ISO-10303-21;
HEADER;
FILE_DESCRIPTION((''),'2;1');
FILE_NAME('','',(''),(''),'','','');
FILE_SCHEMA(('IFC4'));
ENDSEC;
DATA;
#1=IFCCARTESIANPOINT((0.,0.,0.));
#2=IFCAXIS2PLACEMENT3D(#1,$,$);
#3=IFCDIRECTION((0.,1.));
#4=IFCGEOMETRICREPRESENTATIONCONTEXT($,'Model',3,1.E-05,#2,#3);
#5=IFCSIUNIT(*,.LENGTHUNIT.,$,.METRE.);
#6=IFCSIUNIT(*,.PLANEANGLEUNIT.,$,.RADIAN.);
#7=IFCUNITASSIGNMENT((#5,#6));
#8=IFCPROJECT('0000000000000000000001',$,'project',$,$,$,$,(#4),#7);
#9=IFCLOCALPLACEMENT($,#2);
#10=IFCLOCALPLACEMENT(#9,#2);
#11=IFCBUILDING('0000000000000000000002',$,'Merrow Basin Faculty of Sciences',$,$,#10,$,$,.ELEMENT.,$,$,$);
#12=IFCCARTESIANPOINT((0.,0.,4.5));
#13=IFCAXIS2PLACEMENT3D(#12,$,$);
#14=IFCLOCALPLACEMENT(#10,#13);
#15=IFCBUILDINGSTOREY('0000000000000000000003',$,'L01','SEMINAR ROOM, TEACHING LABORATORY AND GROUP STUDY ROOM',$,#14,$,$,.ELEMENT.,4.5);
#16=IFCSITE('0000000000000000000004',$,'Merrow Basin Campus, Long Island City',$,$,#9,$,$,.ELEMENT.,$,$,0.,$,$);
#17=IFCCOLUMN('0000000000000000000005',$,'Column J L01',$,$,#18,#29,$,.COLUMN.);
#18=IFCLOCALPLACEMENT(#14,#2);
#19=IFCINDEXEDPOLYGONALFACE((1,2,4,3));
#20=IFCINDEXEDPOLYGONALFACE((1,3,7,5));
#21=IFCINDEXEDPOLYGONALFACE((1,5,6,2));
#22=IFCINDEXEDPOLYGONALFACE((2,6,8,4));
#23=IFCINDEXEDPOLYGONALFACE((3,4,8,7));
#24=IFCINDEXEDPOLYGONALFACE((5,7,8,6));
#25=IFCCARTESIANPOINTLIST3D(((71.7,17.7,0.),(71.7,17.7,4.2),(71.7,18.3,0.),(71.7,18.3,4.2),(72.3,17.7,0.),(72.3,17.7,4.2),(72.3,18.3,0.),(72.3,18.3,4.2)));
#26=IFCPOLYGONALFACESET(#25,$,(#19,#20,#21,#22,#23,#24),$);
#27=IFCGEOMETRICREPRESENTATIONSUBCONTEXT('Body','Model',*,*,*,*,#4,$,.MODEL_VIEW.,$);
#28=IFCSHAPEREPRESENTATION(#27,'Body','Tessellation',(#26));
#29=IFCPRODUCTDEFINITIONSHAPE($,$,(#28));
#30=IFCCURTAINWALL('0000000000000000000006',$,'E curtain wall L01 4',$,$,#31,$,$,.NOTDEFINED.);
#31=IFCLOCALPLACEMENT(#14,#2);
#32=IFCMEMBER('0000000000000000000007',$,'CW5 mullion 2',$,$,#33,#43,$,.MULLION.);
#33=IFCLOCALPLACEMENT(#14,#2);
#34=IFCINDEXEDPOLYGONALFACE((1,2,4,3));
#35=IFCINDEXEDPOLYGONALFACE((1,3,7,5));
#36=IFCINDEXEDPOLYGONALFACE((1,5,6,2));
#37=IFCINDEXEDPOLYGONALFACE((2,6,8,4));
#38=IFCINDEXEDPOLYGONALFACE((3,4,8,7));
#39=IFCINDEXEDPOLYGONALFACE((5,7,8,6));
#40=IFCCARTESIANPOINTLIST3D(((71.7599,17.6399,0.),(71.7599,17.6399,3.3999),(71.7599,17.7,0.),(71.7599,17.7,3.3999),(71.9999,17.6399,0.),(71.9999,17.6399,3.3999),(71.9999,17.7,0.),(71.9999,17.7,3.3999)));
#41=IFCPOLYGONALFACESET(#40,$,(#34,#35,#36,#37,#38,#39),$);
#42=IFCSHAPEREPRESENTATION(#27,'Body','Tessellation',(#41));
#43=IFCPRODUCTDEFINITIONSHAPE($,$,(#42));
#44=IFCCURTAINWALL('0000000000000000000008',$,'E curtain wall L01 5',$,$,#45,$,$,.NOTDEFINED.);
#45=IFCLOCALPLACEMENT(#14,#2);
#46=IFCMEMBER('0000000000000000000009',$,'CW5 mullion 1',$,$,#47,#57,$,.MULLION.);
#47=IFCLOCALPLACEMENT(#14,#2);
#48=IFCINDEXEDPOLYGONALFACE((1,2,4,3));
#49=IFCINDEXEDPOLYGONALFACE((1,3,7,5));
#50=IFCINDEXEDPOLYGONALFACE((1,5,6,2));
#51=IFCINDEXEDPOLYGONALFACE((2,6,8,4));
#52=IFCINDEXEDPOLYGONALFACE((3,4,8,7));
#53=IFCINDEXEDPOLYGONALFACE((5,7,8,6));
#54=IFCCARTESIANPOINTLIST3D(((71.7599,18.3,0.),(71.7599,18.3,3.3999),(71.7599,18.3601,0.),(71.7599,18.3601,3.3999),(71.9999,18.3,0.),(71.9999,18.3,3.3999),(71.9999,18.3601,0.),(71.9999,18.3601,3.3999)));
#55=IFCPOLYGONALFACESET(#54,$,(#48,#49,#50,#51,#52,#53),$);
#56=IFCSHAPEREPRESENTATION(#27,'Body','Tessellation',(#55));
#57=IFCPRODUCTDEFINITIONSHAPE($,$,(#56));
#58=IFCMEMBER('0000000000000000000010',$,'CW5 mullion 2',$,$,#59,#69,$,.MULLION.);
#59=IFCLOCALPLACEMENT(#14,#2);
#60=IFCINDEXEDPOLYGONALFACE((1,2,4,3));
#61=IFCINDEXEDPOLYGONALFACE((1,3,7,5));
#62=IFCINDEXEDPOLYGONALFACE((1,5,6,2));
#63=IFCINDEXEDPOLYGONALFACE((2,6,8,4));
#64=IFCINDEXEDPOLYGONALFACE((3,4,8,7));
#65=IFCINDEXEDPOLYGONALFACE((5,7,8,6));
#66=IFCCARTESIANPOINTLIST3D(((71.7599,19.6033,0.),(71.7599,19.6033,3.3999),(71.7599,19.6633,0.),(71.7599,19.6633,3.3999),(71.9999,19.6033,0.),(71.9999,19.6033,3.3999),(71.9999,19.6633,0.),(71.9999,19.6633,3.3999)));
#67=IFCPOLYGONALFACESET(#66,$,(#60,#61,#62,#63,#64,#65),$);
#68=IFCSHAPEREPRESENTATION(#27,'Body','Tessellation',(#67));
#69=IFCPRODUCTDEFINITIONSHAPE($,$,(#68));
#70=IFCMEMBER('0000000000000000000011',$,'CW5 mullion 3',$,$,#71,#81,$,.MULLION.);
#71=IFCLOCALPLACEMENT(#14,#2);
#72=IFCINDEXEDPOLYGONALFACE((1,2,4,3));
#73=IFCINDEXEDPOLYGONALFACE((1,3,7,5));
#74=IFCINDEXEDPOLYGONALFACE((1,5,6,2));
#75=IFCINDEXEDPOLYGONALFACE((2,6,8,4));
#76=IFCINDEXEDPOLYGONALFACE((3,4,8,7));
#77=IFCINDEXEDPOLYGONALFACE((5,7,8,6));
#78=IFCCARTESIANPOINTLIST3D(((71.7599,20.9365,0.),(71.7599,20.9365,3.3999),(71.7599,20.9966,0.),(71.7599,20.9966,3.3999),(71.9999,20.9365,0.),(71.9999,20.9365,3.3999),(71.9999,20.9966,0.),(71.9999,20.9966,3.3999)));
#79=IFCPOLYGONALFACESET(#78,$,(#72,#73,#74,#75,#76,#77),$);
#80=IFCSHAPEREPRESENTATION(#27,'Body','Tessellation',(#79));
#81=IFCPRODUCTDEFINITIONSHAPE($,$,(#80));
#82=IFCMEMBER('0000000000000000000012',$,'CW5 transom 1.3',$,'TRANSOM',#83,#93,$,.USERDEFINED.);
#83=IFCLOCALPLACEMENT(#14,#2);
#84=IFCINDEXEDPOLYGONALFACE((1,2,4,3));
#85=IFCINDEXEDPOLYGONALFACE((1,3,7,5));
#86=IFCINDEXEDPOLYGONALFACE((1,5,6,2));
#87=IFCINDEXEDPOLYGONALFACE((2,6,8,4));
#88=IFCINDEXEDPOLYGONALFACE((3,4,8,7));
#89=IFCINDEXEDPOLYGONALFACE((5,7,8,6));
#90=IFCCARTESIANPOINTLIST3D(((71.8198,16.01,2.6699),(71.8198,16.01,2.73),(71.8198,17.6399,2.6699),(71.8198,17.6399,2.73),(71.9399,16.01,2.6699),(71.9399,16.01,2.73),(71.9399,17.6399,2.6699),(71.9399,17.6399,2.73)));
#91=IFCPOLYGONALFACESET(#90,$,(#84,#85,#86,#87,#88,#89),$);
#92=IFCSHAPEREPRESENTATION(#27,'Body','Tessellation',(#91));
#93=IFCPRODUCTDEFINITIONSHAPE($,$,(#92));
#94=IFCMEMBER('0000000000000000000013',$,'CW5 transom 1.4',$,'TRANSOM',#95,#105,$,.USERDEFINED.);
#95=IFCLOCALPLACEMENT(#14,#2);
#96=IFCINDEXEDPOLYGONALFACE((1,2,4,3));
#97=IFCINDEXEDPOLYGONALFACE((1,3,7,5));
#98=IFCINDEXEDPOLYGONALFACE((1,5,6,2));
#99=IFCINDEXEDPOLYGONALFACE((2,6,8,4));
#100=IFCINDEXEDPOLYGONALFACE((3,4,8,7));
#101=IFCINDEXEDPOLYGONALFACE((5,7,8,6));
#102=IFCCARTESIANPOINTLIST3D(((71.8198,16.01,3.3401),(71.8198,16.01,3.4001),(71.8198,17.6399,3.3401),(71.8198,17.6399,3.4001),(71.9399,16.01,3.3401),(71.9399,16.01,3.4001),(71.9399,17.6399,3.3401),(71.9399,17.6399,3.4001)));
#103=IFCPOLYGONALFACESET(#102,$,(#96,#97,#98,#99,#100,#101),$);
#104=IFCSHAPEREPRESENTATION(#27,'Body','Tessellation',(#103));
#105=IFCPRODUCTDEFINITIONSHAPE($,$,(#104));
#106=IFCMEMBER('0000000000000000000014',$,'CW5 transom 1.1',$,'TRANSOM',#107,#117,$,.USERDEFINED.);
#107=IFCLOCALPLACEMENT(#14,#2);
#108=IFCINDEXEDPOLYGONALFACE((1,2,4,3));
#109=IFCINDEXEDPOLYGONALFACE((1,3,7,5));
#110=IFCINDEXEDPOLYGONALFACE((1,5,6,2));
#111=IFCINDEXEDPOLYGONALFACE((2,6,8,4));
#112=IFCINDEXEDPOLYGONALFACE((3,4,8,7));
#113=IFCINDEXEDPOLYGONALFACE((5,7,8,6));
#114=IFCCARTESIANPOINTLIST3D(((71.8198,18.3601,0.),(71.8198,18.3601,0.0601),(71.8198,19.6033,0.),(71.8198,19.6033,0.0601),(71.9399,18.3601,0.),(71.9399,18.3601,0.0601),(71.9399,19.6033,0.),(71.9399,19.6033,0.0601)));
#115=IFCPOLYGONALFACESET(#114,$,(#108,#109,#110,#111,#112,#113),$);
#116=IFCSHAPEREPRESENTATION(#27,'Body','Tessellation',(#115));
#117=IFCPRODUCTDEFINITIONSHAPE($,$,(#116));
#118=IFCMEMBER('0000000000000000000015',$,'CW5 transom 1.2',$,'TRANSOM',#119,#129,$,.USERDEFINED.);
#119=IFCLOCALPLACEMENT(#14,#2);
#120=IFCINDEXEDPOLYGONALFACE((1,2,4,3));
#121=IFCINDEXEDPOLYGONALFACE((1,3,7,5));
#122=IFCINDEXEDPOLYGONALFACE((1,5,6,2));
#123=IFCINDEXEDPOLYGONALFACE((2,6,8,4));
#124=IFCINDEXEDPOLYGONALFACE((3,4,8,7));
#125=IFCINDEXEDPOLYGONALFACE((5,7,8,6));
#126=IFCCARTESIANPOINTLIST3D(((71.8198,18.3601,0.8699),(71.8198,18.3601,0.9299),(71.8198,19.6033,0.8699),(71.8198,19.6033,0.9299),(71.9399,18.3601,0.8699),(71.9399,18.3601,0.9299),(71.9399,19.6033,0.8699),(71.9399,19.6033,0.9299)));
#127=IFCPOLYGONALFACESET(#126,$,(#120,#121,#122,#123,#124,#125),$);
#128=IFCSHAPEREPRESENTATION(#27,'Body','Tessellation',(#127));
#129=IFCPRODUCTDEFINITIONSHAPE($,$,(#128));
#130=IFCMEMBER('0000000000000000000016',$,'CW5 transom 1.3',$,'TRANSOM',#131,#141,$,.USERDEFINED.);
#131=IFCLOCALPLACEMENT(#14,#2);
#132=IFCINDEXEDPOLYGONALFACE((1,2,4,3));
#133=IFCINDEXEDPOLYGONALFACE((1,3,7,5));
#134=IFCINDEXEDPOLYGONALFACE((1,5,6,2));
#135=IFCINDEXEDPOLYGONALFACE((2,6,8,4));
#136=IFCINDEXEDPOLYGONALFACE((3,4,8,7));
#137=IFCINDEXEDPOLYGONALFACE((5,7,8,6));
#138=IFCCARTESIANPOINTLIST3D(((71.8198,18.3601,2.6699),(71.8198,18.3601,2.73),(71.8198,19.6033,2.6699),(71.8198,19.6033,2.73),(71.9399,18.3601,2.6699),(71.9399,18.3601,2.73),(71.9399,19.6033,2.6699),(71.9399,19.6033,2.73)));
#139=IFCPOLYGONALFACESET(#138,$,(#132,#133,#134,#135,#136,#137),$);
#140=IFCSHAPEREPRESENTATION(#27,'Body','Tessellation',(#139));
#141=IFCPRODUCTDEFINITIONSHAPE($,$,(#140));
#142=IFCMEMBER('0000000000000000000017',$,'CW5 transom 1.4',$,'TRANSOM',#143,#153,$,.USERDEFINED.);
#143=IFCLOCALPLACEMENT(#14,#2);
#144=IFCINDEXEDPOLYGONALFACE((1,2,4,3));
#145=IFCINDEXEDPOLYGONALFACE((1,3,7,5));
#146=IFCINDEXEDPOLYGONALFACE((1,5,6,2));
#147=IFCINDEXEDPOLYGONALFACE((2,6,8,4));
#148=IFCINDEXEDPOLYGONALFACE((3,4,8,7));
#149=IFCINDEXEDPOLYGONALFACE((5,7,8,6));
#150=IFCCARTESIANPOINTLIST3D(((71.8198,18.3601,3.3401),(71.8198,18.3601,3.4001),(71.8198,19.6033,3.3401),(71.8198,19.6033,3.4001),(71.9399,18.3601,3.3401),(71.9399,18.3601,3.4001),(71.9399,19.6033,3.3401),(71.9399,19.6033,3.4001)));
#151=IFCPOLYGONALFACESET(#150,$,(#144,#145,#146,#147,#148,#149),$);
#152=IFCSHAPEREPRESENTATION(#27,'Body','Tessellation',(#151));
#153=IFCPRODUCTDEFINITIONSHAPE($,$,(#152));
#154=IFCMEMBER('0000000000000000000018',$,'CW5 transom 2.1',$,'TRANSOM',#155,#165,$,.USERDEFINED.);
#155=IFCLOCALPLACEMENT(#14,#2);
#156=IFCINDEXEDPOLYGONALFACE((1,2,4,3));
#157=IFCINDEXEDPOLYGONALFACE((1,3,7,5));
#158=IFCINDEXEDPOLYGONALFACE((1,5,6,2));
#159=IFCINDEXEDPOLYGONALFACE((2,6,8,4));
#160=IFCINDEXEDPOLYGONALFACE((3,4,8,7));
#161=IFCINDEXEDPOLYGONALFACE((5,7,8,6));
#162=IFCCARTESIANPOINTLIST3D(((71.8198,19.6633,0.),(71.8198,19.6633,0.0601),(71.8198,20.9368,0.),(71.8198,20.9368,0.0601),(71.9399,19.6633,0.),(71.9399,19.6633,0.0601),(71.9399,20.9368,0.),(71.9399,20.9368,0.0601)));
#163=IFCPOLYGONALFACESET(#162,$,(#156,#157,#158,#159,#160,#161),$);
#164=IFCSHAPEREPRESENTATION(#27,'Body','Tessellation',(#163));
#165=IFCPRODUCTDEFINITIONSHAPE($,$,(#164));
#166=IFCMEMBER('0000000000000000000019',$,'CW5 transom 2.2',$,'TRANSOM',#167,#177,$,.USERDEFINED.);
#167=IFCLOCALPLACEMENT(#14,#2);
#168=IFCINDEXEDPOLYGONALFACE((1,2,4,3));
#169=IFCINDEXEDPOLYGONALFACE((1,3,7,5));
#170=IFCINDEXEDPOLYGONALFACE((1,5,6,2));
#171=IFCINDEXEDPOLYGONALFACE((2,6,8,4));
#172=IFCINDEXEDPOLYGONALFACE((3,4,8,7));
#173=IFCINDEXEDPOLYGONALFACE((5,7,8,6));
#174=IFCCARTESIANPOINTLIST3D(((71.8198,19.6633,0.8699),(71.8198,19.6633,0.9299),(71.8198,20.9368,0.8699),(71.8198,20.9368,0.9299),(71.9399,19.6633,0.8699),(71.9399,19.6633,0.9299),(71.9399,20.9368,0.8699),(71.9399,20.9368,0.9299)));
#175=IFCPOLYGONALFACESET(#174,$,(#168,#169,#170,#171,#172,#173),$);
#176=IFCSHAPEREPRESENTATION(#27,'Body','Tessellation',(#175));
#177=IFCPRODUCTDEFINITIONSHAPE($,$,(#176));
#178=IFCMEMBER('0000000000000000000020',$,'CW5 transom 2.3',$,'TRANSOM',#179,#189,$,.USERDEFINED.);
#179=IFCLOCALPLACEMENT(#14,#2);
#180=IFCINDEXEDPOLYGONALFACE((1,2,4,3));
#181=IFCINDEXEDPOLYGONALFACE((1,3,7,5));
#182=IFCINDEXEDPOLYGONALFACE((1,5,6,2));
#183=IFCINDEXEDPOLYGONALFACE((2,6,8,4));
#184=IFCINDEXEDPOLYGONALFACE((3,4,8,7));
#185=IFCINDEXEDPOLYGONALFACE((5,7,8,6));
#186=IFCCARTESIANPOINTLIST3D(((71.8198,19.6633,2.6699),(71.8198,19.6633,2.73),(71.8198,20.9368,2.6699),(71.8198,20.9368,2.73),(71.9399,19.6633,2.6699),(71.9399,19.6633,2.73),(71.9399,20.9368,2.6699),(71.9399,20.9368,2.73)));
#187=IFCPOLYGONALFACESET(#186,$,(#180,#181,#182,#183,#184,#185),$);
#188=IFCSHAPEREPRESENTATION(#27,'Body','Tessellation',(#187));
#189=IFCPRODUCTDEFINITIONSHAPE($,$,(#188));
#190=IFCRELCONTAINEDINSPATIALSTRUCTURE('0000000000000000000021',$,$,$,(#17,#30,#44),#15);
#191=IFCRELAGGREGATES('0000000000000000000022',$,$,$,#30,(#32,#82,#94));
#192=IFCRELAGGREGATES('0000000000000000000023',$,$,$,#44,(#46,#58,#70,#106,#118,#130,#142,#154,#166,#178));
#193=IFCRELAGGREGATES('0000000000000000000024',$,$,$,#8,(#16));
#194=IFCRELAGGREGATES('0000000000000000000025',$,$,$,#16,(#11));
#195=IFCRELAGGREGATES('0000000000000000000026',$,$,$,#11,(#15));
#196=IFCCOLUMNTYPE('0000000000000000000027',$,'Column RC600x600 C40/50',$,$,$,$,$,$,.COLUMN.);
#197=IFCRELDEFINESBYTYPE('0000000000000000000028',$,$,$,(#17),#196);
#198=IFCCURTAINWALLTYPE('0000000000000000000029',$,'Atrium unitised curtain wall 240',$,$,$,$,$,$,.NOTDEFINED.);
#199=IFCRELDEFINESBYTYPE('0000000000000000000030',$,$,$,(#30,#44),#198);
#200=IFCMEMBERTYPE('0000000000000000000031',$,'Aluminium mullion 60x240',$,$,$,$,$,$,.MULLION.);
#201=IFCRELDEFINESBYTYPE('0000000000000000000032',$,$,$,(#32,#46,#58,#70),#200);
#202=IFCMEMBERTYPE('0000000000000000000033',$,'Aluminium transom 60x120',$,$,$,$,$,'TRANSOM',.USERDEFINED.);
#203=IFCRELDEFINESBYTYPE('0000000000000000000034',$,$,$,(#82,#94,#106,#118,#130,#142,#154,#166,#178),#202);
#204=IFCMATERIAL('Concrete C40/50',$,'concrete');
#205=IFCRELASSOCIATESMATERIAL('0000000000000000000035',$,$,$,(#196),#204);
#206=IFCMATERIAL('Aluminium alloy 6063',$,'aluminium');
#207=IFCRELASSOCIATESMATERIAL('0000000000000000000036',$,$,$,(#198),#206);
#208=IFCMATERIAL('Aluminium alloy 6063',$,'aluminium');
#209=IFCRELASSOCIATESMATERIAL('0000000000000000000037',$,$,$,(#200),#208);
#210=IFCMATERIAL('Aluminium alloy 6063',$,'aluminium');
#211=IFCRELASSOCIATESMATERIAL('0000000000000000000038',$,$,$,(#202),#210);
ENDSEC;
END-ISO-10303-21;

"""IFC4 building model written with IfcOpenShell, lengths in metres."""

from ifc_helpers import new_model, si_unit, direction, frame, origin, origin_2d, place, context, subcontext, project, spatial, rectangle, extrude, material, material_profile, profile_set, type_object, element, aggregate, save


model = new_model("IFC4")

# Units and contexts
model_context = context("Model", 3, precision=1e-05, world=origin(), true_north=direction((0.0, 1.0)))
body_context = subcontext(model_context, "Body", "Model", "MODEL_VIEW")
ifc_project = project(units=[si_unit("LENGTHUNIT", "METRE"), si_unit("PLANEANGLEUNIT", "RADIAN")], contexts=[model_context])

# Site, building, storey
site_placement = place(None, origin())
site = spatial("IfcSite", under=ifc_project, at=site_placement, Name="Merrow Basin Campus, Long Island City", CompositionType="ELEMENT", RefElevation=0.0)
building_placement = place(site_placement, origin())
building = spatial("IfcBuilding", under=site, at=building_placement, Name="Merrow Basin Faculty of Sciences", CompositionType="ELEMENT")
storey_placement = place(building_placement, frame((0.0, 0.0, 4.5)))
storey = spatial("IfcBuildingStorey", under=building, at=storey_placement, Name="L01", Description="SEMINAR ROOM, TEACHING LABORATORY AND GROUP STUDY ROOM", CompositionType="ELEMENT", Elevation=4.5)

# Column
ifc_material_1 = material(Name="Concrete C40/50", Category="concrete")
ifc_material_profile_1 = material_profile(ifc_material_1, rectangle(XDim=0.6001, YDim=0.6001, at=origin_2d()))
ifc_profile_set_1 = profile_set([ifc_material_profile_1], Name="Concrete C40/50")
column_type = type_object("IfcColumnType", Name="Column RC600x600 C40/50", PredefinedType="COLUMN", material=ifc_profile_set_1)
column_placement = place(storey_placement, frame((72.0, 18.0, 0.0), z_axis=(0.0, 0.0, 1.0), x_axis=(1.0, 0.0, 0.0)))
element("IfcColumn", 1, at=column_placement, inside=storey, type_object=column_type, Name="Column J L01", PredefinedType="COLUMN", context=body_context, shape_type="SweptSolid", body=[
    extrude(rectangle(XDim=0.6001, YDim=0.6001, at=origin_2d()), origin(), (0.0, 0.0, 1.0), 4.2),
])

# Curtain wall, member
ifc_material_2 = material(Name="Aluminium alloy 6063", Category="aluminium")
curtain_wall_type = type_object("IfcCurtainWallType", Name="Atrium unitised curtain wall 240", PredefinedType="NOTDEFINED", material=ifc_material_2)
curtain_wall_1_placement = place(storey_placement, origin())
curtain_wall_1 = element("IfcCurtainWall", 2, at=curtain_wall_1_placement, inside=storey, type_object=curtain_wall_type, Name="E curtain wall L01 4", PredefinedType="NOTDEFINED")
ifc_material_3 = material(Name="Aluminium alloy 6063", Category="aluminium")
ifc_material_profile_2 = material_profile(ifc_material_3, rectangle(XDim=0.24, YDim=0.0601, at=origin_2d()))
ifc_profile_set_2 = profile_set([ifc_material_profile_2], Name="Aluminium alloy 6063")
member_type_1 = type_object("IfcMemberType", Name="Aluminium mullion 60x240", PredefinedType="MULLION", material=ifc_profile_set_2)
member_1_placement = place(storey_placement, frame((71.8799, 17.6699, 0.0), z_axis=(0.0, 0.0, 1.0), x_axis=(-1.0, 0.0, 0.0)))
member_1 = element("IfcMember", 3, at=member_1_placement, type_object=member_type_1, Name="CW5 mullion 2", PredefinedType="MULLION", context=body_context, shape_type="SweptSolid", body=[
    extrude(rectangle(XDim=0.24, YDim=0.0601, at=origin_2d()), origin(), (0.0, 0.0, 1.0), 3.3999),
])

# Curtain wall, members
curtain_wall_2_placement = place(storey_placement, origin())
curtain_wall_2 = element("IfcCurtainWall", 4, at=curtain_wall_2_placement, inside=storey, type_object=curtain_wall_type, Name="E curtain wall L01 5", PredefinedType="NOTDEFINED")
member_2_placement = place(storey_placement, frame((71.8799, 18.3301, 0.0), z_axis=(0.0, 0.0, 1.0), x_axis=(-1.0, 0.0, 0.0)))
member_2 = element("IfcMember", 5, at=member_2_placement, type_object=member_type_1, Name="CW5 mullion 1", PredefinedType="MULLION", context=body_context, shape_type="SweptSolid", body=[
    extrude(rectangle(XDim=0.24, YDim=0.0601, at=origin_2d()), origin(), (0.0, 0.0, 1.0), 3.3999),
])
member_3_placement = place(storey_placement, frame((71.8799, 19.6333, 0.0), z_axis=(0.0, 0.0, 1.0), x_axis=(-1.0, 0.0, 0.0)))
member_3 = element("IfcMember", 6, at=member_3_placement, type_object=member_type_1, Name="CW5 mullion 2", PredefinedType="MULLION", context=body_context, shape_type="SweptSolid", body=[
    extrude(rectangle(XDim=0.24, YDim=0.0601, at=origin_2d()), origin(), (0.0, 0.0, 1.0), 3.3999),
])
member_4_placement = place(storey_placement, frame((71.8799, 20.9666, 0.0), z_axis=(0.0, 0.0, 1.0), x_axis=(-1.0, 0.0, 0.0)))
member_4 = element("IfcMember", 7, at=member_4_placement, type_object=member_type_1, Name="CW5 mullion 3", PredefinedType="MULLION", context=body_context, shape_type="SweptSolid", body=[
    extrude(rectangle(XDim=0.24, YDim=0.0601, at=origin_2d()), origin(), (0.0, 0.0, 1.0), 3.3999),
])

# Members
ifc_material_4 = material(Name="Aluminium alloy 6063", Category="aluminium")
ifc_material_profile_3 = material_profile(ifc_material_4, rectangle(XDim=0.1201, YDim=0.0601, at=origin_2d()))
ifc_profile_set_3 = profile_set([ifc_material_profile_3], Name="Aluminium alloy 6063")
member_type_2 = type_object("IfcMemberType", Name="Aluminium transom 60x120", ElementType="TRANSOM", PredefinedType="USERDEFINED", material=ifc_profile_set_3)
member_5_placement = place(storey_placement, frame((71.8799, 16.01, 2.7), z_axis=(0.0, 1.0, 0.0), x_axis=(-1.0, 0.0, 0.0)))
member_5 = element("IfcMember", 8, at=member_5_placement, type_object=member_type_2, Name="CW5 transom 1.3", ObjectType="TRANSOM", PredefinedType="USERDEFINED", context=body_context, shape_type="SweptSolid", body=[
    extrude(rectangle(XDim=0.1201, YDim=0.0601, at=origin_2d()), origin(), (0.0, 0.0, 1.0), 1.6299),
])
member_6_placement = place(storey_placement, frame((71.8799, 16.01, 3.3701), z_axis=(0.0, 1.0, 0.0), x_axis=(-1.0, 0.0, 0.0)))
member_6 = element("IfcMember", 9, at=member_6_placement, type_object=member_type_2, Name="CW5 transom 1.4", ObjectType="TRANSOM", PredefinedType="USERDEFINED", context=body_context, shape_type="SweptSolid", body=[
    extrude(rectangle(XDim=0.1201, YDim=0.0601, at=origin_2d()), origin(), (0.0, 0.0, 1.0), 1.6299),
])
member_7_placement = place(storey_placement, frame((71.8799, 18.3601, 0.03), z_axis=(0.0, 1.0, 0.0), x_axis=(-1.0, 0.0, 0.0)))
member_7 = element("IfcMember", 10, at=member_7_placement, type_object=member_type_2, Name="CW5 transom 1.1", ObjectType="TRANSOM", PredefinedType="USERDEFINED", context=body_context, shape_type="SweptSolid", body=[
    extrude(rectangle(XDim=0.1201, YDim=0.0601, at=origin_2d()), origin(), (0.0, 0.0, 1.0), 1.2432),
])
member_8_placement = place(storey_placement, frame((71.8799, 18.3601, 0.8999), z_axis=(0.0, 1.0, 0.0), x_axis=(-1.0, 0.0, 0.0)))
member_8 = element("IfcMember", 11, at=member_8_placement, type_object=member_type_2, Name="CW5 transom 1.2", ObjectType="TRANSOM", PredefinedType="USERDEFINED", context=body_context, shape_type="SweptSolid", body=[
    extrude(rectangle(XDim=0.1201, YDim=0.0601, at=origin_2d()), origin(), (0.0, 0.0, 1.0), 1.2432),
])
member_9_placement = place(storey_placement, frame((71.8799, 18.3601, 2.7), z_axis=(0.0, 1.0, 0.0), x_axis=(-1.0, 0.0, 0.0)))
member_9 = element("IfcMember", 12, at=member_9_placement, type_object=member_type_2, Name="CW5 transom 1.3", ObjectType="TRANSOM", PredefinedType="USERDEFINED", context=body_context, shape_type="SweptSolid", body=[
    extrude(rectangle(XDim=0.1201, YDim=0.0601, at=origin_2d()), origin(), (0.0, 0.0, 1.0), 1.2432),
])
member_10_placement = place(storey_placement, frame((71.8799, 18.3601, 3.3701), z_axis=(0.0, 1.0, 0.0), x_axis=(-1.0, 0.0, 0.0)))
member_10 = element("IfcMember", 13, at=member_10_placement, type_object=member_type_2, Name="CW5 transom 1.4", ObjectType="TRANSOM", PredefinedType="USERDEFINED", context=body_context, shape_type="SweptSolid", body=[
    extrude(rectangle(XDim=0.1201, YDim=0.0601, at=origin_2d()), origin(), (0.0, 0.0, 1.0), 1.2432),
])
member_11_placement = place(storey_placement, frame((71.8799, 19.6633, 0.03), z_axis=(0.0, 1.0, 0.0), x_axis=(-1.0, 0.0, 0.0)))
member_11 = element("IfcMember", 14, at=member_11_placement, type_object=member_type_2, Name="CW5 transom 2.1", ObjectType="TRANSOM", PredefinedType="USERDEFINED", context=body_context, shape_type="SweptSolid", body=[
    extrude(rectangle(XDim=0.1201, YDim=0.0601, at=origin_2d()), origin(), (0.0, 0.0, 1.0), 1.2734),
])
member_12_placement = place(storey_placement, frame((71.8799, 19.6633, 0.8999), z_axis=(0.0, 1.0, 0.0), x_axis=(-1.0, 0.0, 0.0)))
member_12 = element("IfcMember", 15, at=member_12_placement, type_object=member_type_2, Name="CW5 transom 2.2", ObjectType="TRANSOM", PredefinedType="USERDEFINED", context=body_context, shape_type="SweptSolid", body=[
    extrude(rectangle(XDim=0.1201, YDim=0.0601, at=origin_2d()), origin(), (0.0, 0.0, 1.0), 1.2734),
])
member_13_placement = place(storey_placement, frame((71.8799, 19.6633, 2.7), z_axis=(0.0, 1.0, 0.0), x_axis=(-1.0, 0.0, 0.0)))
member_13 = element("IfcMember", 16, at=member_13_placement, type_object=member_type_2, Name="CW5 transom 2.3", ObjectType="TRANSOM", PredefinedType="USERDEFINED", context=body_context, shape_type="SweptSolid", body=[
    extrude(rectangle(XDim=0.1201, YDim=0.0601, at=origin_2d()), origin(), (0.0, 0.0, 1.0), 1.2734),
])

aggregate(curtain_wall_1, [member_1, member_5, member_6])
aggregate(curtain_wall_2, [member_2, member_3, member_4, member_7, member_8, member_9, member_10, member_11, member_12, member_13])

save(model, "model.ifc")
